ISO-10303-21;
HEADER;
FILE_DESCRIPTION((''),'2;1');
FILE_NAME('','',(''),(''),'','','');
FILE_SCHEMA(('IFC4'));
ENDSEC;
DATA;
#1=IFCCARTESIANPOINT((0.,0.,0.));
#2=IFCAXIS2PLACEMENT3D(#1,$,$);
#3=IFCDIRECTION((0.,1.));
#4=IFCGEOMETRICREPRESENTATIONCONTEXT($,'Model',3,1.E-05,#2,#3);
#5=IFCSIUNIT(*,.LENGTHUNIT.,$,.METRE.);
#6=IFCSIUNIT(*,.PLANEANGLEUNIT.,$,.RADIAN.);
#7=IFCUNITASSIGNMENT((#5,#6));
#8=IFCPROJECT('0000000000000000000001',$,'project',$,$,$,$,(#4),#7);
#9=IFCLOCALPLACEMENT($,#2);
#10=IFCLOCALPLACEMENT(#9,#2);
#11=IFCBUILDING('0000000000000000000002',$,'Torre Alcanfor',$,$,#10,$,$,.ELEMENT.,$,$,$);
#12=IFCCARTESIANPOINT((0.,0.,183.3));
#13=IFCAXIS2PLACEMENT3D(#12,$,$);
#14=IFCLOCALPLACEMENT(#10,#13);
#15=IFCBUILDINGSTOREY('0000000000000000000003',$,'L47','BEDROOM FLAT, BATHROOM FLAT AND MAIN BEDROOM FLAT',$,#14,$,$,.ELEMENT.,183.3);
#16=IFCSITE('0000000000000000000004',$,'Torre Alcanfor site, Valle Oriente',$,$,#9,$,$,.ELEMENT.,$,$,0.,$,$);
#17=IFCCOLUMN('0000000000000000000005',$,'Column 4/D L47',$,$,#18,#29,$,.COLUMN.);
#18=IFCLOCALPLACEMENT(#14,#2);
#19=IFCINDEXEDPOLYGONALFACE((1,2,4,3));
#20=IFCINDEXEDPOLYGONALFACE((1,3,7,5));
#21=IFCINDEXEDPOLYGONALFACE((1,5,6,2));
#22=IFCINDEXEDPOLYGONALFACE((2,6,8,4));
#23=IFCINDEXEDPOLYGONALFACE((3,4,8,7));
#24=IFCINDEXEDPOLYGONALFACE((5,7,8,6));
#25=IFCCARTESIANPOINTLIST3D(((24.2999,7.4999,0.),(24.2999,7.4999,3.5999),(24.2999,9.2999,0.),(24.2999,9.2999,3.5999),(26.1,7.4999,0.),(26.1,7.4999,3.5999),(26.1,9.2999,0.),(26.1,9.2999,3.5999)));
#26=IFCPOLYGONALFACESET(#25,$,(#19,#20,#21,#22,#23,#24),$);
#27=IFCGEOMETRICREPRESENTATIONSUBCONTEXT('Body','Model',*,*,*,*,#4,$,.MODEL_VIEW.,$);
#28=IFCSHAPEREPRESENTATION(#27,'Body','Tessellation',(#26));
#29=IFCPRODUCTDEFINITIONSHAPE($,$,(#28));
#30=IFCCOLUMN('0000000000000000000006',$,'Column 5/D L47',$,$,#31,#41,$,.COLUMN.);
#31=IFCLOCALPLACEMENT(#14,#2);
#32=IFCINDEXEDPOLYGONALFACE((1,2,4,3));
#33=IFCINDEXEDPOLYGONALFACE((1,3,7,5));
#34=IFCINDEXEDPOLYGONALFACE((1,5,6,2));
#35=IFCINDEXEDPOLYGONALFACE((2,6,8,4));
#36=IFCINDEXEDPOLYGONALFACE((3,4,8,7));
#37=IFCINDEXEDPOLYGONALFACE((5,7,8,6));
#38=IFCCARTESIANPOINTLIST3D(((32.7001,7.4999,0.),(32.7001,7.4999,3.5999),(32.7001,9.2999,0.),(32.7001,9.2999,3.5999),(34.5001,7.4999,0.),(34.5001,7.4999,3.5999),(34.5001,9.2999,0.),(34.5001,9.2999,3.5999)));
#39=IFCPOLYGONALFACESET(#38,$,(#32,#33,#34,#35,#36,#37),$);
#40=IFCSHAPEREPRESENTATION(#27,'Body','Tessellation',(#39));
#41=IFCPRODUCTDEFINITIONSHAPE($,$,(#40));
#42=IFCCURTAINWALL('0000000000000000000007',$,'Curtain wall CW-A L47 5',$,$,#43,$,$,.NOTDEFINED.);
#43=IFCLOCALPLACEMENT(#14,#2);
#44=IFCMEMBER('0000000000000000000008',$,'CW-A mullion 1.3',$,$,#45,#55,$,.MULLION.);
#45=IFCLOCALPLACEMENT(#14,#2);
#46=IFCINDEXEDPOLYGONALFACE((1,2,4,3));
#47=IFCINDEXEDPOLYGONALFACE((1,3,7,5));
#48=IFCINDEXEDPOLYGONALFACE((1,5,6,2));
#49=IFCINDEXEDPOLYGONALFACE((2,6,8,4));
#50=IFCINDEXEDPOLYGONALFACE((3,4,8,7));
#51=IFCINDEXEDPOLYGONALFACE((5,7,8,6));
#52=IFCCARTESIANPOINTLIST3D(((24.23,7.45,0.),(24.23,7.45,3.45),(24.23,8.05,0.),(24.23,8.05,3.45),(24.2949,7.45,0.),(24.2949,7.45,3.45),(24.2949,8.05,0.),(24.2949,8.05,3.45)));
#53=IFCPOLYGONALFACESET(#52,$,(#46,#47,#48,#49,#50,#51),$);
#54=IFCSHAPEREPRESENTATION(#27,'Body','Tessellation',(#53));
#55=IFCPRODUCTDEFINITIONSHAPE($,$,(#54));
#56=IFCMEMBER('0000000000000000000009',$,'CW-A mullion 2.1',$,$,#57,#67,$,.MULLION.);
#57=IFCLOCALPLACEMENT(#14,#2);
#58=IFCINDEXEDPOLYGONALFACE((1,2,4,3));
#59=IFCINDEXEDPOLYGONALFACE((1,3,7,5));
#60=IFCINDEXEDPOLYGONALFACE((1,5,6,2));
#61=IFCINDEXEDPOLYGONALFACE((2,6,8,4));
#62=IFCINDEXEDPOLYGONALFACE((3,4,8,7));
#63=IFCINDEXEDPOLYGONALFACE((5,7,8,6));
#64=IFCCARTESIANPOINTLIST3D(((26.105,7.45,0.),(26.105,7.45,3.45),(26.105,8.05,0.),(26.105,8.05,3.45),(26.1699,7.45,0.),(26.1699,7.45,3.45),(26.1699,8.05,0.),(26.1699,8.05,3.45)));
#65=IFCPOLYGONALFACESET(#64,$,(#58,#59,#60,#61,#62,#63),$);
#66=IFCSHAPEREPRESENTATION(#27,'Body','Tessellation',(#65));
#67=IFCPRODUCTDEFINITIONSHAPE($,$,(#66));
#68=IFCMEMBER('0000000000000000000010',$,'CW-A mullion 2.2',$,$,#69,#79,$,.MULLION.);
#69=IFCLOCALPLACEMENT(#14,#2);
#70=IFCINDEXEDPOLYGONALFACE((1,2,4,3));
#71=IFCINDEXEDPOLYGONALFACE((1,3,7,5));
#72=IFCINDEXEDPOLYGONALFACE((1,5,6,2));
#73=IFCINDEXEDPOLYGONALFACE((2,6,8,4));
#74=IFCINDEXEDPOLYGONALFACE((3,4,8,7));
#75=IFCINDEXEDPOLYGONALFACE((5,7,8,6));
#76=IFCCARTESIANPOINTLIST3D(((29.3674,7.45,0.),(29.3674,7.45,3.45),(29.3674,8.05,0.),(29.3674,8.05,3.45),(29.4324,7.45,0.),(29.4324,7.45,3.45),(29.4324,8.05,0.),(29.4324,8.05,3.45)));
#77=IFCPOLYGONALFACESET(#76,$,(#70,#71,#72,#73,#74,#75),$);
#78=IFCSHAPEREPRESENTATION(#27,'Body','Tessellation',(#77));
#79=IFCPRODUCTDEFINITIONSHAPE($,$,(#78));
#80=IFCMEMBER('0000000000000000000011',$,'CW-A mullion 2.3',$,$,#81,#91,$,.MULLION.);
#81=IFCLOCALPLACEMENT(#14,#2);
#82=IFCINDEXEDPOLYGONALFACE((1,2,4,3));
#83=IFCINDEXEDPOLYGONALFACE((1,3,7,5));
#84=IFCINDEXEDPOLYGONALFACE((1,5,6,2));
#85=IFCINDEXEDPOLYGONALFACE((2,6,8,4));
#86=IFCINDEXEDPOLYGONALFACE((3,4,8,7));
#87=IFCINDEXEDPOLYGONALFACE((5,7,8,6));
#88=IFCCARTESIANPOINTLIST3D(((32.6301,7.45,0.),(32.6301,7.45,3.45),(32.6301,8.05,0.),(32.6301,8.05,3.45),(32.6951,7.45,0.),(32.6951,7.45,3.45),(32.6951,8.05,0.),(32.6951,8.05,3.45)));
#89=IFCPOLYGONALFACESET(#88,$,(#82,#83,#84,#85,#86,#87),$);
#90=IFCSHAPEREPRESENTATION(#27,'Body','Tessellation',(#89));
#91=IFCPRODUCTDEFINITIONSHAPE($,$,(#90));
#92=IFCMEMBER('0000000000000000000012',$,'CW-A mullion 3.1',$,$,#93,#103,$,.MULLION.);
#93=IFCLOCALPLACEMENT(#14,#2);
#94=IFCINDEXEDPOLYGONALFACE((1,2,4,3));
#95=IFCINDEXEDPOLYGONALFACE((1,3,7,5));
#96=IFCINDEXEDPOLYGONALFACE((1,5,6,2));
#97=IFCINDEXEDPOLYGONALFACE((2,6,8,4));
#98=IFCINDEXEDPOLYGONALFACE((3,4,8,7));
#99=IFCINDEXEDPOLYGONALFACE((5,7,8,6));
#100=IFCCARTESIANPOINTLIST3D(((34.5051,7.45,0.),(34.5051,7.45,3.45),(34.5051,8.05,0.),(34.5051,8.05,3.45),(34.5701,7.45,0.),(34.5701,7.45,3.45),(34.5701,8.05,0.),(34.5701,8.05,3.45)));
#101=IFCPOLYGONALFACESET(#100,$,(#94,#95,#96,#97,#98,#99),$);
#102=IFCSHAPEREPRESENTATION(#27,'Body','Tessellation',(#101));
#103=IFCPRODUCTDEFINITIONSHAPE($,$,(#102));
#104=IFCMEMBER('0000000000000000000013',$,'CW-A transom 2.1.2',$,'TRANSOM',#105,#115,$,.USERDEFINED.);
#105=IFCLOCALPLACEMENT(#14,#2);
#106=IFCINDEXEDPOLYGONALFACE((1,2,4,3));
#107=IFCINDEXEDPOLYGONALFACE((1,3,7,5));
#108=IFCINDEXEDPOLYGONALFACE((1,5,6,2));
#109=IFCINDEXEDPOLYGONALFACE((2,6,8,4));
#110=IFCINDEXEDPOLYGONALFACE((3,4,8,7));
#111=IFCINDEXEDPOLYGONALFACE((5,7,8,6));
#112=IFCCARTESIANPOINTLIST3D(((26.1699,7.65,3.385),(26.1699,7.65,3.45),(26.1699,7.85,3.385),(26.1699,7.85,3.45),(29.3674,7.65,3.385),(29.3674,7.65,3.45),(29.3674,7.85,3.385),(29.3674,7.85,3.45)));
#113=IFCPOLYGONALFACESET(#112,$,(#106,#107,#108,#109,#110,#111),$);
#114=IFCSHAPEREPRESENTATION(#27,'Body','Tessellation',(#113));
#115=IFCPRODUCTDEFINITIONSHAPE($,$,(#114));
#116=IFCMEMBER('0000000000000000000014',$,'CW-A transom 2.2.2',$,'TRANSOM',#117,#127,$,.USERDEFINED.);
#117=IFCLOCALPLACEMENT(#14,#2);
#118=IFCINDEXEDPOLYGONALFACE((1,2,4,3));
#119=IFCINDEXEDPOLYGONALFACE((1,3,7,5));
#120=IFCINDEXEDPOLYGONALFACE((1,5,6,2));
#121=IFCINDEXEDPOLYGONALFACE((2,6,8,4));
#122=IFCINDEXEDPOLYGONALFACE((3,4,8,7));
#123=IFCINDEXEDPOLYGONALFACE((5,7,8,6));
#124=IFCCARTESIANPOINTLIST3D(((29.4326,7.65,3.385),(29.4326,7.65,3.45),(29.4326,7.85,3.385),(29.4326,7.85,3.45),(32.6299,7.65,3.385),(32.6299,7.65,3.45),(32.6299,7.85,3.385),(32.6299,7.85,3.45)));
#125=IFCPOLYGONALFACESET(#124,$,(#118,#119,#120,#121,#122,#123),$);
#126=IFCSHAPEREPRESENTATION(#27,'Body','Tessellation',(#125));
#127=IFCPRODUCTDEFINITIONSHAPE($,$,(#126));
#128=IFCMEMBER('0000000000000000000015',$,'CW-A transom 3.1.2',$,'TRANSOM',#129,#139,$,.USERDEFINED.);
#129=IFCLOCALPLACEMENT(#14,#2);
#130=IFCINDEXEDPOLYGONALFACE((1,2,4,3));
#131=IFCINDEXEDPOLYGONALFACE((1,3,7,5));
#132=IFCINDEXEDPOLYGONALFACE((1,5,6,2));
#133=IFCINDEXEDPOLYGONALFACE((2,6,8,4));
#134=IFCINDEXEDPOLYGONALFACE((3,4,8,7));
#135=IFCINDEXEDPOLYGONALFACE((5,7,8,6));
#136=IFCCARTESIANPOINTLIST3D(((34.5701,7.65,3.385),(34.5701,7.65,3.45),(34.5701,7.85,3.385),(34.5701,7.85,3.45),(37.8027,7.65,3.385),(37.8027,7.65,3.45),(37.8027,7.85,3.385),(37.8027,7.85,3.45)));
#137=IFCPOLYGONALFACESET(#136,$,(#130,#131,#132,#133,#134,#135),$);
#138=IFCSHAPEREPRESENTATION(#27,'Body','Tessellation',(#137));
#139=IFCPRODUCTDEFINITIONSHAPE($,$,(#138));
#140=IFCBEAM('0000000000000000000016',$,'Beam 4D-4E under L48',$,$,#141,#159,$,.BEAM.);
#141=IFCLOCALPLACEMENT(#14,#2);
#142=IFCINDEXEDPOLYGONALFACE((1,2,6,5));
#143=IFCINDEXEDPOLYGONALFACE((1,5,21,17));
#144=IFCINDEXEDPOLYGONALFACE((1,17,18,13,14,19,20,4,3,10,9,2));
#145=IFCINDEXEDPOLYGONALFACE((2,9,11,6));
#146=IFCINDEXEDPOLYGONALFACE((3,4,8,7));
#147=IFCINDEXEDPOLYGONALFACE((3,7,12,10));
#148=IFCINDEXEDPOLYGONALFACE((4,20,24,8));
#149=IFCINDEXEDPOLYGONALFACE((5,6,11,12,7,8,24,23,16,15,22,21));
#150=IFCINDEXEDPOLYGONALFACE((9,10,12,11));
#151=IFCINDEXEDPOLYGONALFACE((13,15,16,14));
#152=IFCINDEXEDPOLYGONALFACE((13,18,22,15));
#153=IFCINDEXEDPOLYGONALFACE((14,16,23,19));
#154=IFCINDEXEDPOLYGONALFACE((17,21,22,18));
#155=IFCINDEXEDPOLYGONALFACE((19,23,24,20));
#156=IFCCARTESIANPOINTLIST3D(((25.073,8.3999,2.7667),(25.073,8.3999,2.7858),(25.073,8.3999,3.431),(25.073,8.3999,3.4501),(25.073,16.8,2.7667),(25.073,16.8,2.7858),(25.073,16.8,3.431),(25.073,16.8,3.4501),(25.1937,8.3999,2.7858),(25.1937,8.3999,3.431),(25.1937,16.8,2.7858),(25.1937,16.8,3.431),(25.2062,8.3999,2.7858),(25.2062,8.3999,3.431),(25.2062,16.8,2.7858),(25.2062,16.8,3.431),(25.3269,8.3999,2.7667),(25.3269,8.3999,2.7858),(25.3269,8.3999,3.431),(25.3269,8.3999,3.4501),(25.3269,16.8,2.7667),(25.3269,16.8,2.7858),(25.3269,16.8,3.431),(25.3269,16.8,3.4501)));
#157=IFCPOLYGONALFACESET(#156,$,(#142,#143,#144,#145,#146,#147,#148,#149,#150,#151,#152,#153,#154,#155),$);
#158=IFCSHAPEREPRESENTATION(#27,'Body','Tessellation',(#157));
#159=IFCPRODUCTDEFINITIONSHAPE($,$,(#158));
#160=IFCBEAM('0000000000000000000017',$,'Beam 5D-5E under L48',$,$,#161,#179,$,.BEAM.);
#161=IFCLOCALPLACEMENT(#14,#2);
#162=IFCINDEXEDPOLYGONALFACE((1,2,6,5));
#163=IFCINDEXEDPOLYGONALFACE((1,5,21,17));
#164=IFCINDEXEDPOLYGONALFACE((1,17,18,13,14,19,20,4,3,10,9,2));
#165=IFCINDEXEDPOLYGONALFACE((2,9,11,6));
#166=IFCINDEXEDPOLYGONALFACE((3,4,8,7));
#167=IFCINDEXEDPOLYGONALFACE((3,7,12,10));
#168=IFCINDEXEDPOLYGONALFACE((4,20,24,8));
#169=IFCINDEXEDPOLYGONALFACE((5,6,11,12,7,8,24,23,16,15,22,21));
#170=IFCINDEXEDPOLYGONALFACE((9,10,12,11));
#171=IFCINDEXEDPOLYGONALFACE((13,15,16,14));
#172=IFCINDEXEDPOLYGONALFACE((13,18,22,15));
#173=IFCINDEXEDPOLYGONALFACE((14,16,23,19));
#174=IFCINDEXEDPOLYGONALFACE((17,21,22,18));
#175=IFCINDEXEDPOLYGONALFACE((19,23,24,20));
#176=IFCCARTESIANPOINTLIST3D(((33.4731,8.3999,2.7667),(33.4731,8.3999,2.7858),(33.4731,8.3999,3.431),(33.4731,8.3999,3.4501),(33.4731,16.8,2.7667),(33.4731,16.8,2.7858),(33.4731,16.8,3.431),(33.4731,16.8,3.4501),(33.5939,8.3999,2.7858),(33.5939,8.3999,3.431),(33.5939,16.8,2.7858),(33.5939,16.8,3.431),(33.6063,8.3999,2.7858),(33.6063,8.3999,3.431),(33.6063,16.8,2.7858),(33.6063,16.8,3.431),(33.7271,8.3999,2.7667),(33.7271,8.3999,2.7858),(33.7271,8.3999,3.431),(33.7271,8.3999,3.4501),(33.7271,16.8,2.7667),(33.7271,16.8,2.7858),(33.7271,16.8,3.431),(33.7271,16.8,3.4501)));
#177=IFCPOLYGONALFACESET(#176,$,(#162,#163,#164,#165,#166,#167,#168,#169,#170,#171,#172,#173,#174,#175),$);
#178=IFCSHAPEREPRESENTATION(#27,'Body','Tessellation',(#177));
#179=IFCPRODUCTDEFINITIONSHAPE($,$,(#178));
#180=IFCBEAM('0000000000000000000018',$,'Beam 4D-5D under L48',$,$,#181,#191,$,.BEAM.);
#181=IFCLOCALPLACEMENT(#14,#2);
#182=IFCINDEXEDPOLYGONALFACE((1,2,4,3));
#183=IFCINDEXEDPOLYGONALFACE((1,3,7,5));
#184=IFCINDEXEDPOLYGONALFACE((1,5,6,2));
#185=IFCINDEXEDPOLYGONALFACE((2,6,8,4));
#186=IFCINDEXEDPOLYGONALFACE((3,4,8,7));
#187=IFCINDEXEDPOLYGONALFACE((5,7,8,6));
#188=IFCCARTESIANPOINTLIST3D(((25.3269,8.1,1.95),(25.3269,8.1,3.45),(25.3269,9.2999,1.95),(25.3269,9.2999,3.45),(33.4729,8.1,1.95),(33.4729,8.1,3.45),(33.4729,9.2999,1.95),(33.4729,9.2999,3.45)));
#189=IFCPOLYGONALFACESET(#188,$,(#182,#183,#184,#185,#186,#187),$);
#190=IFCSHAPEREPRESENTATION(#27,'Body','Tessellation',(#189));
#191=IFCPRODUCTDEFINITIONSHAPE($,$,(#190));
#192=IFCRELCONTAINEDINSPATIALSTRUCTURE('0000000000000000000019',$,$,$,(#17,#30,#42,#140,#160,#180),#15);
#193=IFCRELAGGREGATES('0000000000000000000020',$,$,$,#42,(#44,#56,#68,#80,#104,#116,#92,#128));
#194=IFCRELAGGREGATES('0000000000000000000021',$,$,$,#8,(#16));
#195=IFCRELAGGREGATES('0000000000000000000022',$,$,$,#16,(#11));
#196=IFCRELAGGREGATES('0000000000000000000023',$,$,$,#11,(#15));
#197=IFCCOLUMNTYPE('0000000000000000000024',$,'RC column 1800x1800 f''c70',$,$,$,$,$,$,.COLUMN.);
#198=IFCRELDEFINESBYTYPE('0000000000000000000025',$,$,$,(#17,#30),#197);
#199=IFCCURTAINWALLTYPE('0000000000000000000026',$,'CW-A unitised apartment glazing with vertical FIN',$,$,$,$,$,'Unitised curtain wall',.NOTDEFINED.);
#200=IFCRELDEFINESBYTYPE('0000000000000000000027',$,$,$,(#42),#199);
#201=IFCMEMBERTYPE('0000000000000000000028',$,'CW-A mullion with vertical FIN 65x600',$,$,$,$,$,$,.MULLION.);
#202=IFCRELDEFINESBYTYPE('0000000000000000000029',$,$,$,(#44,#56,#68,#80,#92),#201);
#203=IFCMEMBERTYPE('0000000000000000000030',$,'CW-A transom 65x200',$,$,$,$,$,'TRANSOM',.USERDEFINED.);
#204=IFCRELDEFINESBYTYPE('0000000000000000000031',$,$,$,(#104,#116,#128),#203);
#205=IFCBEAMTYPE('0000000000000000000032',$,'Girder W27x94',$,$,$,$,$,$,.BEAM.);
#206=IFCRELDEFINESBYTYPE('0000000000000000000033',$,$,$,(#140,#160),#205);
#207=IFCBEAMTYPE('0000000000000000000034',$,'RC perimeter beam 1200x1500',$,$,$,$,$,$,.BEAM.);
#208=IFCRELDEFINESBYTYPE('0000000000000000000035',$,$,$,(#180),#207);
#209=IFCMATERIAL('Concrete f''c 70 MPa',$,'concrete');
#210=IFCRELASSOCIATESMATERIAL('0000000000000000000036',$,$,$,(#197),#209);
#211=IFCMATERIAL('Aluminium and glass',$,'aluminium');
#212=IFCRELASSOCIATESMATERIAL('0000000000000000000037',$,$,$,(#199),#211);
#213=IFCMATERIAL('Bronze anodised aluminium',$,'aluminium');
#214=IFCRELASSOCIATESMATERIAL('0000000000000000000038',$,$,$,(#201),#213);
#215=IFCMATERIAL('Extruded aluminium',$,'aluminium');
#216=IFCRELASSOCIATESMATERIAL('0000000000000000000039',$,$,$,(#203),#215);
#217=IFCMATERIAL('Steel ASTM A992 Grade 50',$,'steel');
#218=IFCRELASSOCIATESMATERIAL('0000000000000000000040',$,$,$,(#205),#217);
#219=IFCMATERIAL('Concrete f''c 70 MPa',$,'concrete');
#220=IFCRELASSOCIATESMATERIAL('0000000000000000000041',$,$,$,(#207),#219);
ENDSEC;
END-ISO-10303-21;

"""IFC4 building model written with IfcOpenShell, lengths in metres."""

from ifc_helpers import new_model, si_unit, direction, frame, origin, origin_2d, place, context, subcontext, project, spatial, rectangle, i_section, extrude, material, material_profile, profile_set, type_object, element, aggregate, save


model = new_model("IFC4")

# Units and contexts
model_context = context("Model", 3, precision=1e-05, world=origin(), true_north=direction((0.0, 1.0)))
body_context = subcontext(model_context, "Body", "Model", "MODEL_VIEW")
ifc_project = project(units=[si_unit("LENGTHUNIT", "METRE"), si_unit("PLANEANGLEUNIT", "RADIAN")], contexts=[model_context])

# Site, building, storey
site_placement = place(None, origin())
site = spatial("IfcSite", under=ifc_project, at=site_placement, Name="Torre Alcanfor site, Valle Oriente", CompositionType="ELEMENT", RefElevation=0.0)
building_placement = place(site_placement, origin())
building = spatial("IfcBuilding", under=site, at=building_placement, Name="Torre Alcanfor", CompositionType="ELEMENT")
storey_placement = place(building_placement, frame((0.0, 0.0, 183.3)))
storey = spatial("IfcBuildingStorey", under=building, at=storey_placement, Name="L47", Description="BEDROOM FLAT, BATHROOM FLAT AND MAIN BEDROOM FLAT", CompositionType="ELEMENT", Elevation=183.3)

# Columns
ifc_material_1 = material(Name="Concrete f'c 70 MPa", Category="concrete")
ifc_material_profile_1 = material_profile(ifc_material_1, rectangle(XDim=1.8, YDim=1.8, at=origin_2d()), Name="1800x1800")
ifc_profile_set_1 = profile_set([ifc_material_profile_1], Name="Concrete f'c 70 MPa")
column_type = type_object("IfcColumnType", Name="RC column 1800x1800 f'c70", PredefinedType="COLUMN", material=ifc_profile_set_1)
for number, where, z_axis, x_axis, name in (
    (1, (25.2, 8.3999, 0.0), (0.0, 0.0, 1.0), (1.0, 0.0, 0.0), "Column 4/D L47"),
    (2, (33.6001, 8.3999, 0.0), (0.0, 0.0, 1.0), (1.0, 0.0, 0.0), "Column 5/D L47"),
):
    element("IfcColumn", number, at=place(storey_placement, frame(where, z_axis=z_axis, x_axis=x_axis)), inside=storey, type_object=column_type, Name=name, PredefinedType="COLUMN", context=body_context, shape_type="SweptSolid", body=[
        extrude(rectangle(XDim=1.8, YDim=1.8, at=origin_2d()), origin(), (0.0, 0.0, 1.0), 3.5999),
    ])

# Curtain wall, members
ifc_material_2 = material(Name="Aluminium and glass", Category="aluminium")
curtain_wall_type = type_object("IfcCurtainWallType", Name="CW-A unitised apartment glazing with vertical FIN", ElementType="Unitised curtain wall", PredefinedType="NOTDEFINED", material=ifc_material_2)
curtain_wall_placement = place(storey_placement, origin())
curtain_wall = element("IfcCurtainWall", 3, at=curtain_wall_placement, inside=storey, type_object=curtain_wall_type, Name="Curtain wall CW-A L47 5", PredefinedType="NOTDEFINED")
ifc_material_3 = material(Name="Bronze anodised aluminium", Category="aluminium")
ifc_material_profile_2 = material_profile(ifc_material_3, rectangle(XDim=0.6001, YDim=0.0649, at=origin_2d()), Name="CW-A mullion 65x600")
ifc_profile_set_2 = profile_set([ifc_material_profile_2], Name="Bronze anodised aluminium")
member_type_1 = type_object("IfcMemberType", Name="CW-A mullion with vertical FIN 65x600", PredefinedType="MULLION", material=ifc_profile_set_2)
member_1_placement = place(storey_placement, frame((24.2625, 7.75, 0.0), z_axis=(0.0, 0.0, 1.0), x_axis=(0.0, 1.0, 0.0)))
member_1 = element("IfcMember", 4, at=member_1_placement, type_object=member_type_1, Name="CW-A mullion 1.3", PredefinedType="MULLION", context=body_context, shape_type="SweptSolid", body=[
    extrude(rectangle(XDim=0.6001, YDim=0.0649, at=origin_2d()), origin(), (0.0, 0.0, 1.0), 3.45),
])
member_2_placement = place(storey_placement, frame((26.1375, 7.75, 0.0), z_axis=(0.0, 0.0, 1.0), x_axis=(0.0, 1.0, 0.0)))
member_2 = element("IfcMember", 5, at=member_2_placement, type_object=member_type_1, Name="CW-A mullion 2.1", PredefinedType="MULLION", context=body_context, shape_type="SweptSolid", body=[
    extrude(rectangle(XDim=0.6001, YDim=0.0649, at=origin_2d()), origin(), (0.0, 0.0, 1.0), 3.45),
])
member_3_placement = place(storey_placement, frame((29.3999, 7.75, 0.0), z_axis=(0.0, 0.0, 1.0), x_axis=(0.0, 1.0, 0.0)))
member_3 = element("IfcMember", 6, at=member_3_placement, type_object=member_type_1, Name="CW-A mullion 2.2", PredefinedType="MULLION", context=body_context, shape_type="SweptSolid", body=[
    extrude(rectangle(XDim=0.6001, YDim=0.0649, at=origin_2d()), origin(), (0.0, 0.0, 1.0), 3.45),
])
member_4_placement = place(storey_placement, frame((32.6626, 7.75, 0.0), z_axis=(0.0, 0.0, 1.0), x_axis=(0.0, 1.0, 0.0)))
member_4 = element("IfcMember", 7, at=member_4_placement, type_object=member_type_1, Name="CW-A mullion 2.3", PredefinedType="MULLION", context=body_context, shape_type="SweptSolid", body=[
    extrude(rectangle(XDim=0.6001, YDim=0.0649, at=origin_2d()), origin(), (0.0, 0.0, 1.0), 3.45),
])
member_5_placement = place(storey_placement, frame((34.5376, 7.75, 0.0), z_axis=(0.0, 0.0, 1.0), x_axis=(0.0, 1.0, 0.0)))
member_5 = element("IfcMember", 8, at=member_5_placement, type_object=member_type_1, Name="CW-A mullion 3.1", PredefinedType="MULLION", context=body_context, shape_type="SweptSolid", body=[
    extrude(rectangle(XDim=0.6001, YDim=0.0649, at=origin_2d()), origin(), (0.0, 0.0, 1.0), 3.45),
])
ifc_material_4 = material(Name="Extruded aluminium", Category="aluminium")
ifc_material_profile_3 = material_profile(ifc_material_4, rectangle(XDim=0.2, YDim=0.0649, at=origin_2d()), Name="CW-A transom 200x65")
ifc_profile_set_3 = profile_set([ifc_material_profile_3], Name="Extruded aluminium")
member_type_2 = type_object("IfcMemberType", Name="CW-A transom 65x200", ElementType="TRANSOM", PredefinedType="USERDEFINED", material=ifc_profile_set_3)
member_6_placement = place(storey_placement, frame((26.1699, 7.75, 3.4175), z_axis=(1.0, 0.0, 0.0), x_axis=(0.0, 1.0, 0.0)))
member_6 = element("IfcMember", 9, at=member_6_placement, type_object=member_type_2, Name="CW-A transom 2.1.2", ObjectType="TRANSOM", PredefinedType="USERDEFINED", context=body_context, shape_type="SweptSolid", body=[
    extrude(rectangle(XDim=0.2, YDim=0.0649, at=origin_2d()), origin(), (0.0, 0.0, 1.0), 3.1975),
])
member_7_placement = place(storey_placement, frame((29.4326, 7.75, 3.4175), z_axis=(1.0, 0.0, 0.0), x_axis=(0.0, 1.0, 0.0)))
member_7 = element("IfcMember", 10, at=member_7_placement, type_object=member_type_2, Name="CW-A transom 2.2.2", ObjectType="TRANSOM", PredefinedType="USERDEFINED", context=body_context, shape_type="SweptSolid", body=[
    extrude(rectangle(XDim=0.2, YDim=0.0649, at=origin_2d()), origin(), (0.0, 0.0, 1.0), 3.1973),
])
member_8_placement = place(storey_placement, frame((34.5701, 7.75, 3.4175), z_axis=(1.0, 0.0, 0.0), x_axis=(0.0, 1.0, 0.0)))
member_8 = element("IfcMember", 11, at=member_8_placement, type_object=member_type_2, Name="CW-A transom 3.1.2", ObjectType="TRANSOM", PredefinedType="USERDEFINED", context=body_context, shape_type="SweptSolid", body=[
    extrude(rectangle(XDim=0.2, YDim=0.0649, at=origin_2d()), origin(), (0.0, 0.0, 1.0), 3.2327),
])

# Beams
ifc_material_5 = material(Name="Steel ASTM A992 Grade 50", Category="steel")
ifc_material_profile_4 = material_profile(ifc_material_5, i_section(OverallWidth=0.2539, OverallDepth=0.6833, WebThickness=0.0125, FlangeThickness=0.019, at=origin_2d()), Name="W27x94")
ifc_profile_set_4 = profile_set([ifc_material_profile_4], Name="Steel ASTM A992 Grade 50")
beam_type_1 = type_object("IfcBeamType", Name="Girder W27x94", PredefinedType="BEAM", material=ifc_profile_set_4)
for number, where, z_axis, x_axis, name in (
    (12, (25.2, 8.3999, 3.1084), (0.0, 1.0, 0.0), (-1.0, 0.0, 0.0), "Beam 4D-4E under L48"),
    (13, (33.6001, 8.3999, 3.1084), (0.0, 1.0, 0.0), (-1.0, 0.0, 0.0), "Beam 5D-5E under L48"),
):
    element("IfcBeam", number, at=place(storey_placement, frame(where, z_axis=z_axis, x_axis=x_axis)), inside=storey, type_object=beam_type_1, Name=name, PredefinedType="BEAM", context=body_context, shape_type="SweptSolid", body=[
        extrude(i_section(OverallWidth=0.2539, OverallDepth=0.6833, WebThickness=0.0125, FlangeThickness=0.019, at=origin_2d()), origin(), (0.0, 0.0, 1.0), 8.4001),
    ])
ifc_material_6 = material(Name="Concrete f'c 70 MPa", Category="concrete")
ifc_material_profile_5 = material_profile(ifc_material_6, rectangle(XDim=1.2, YDim=1.5, at=origin_2d()), Name="1200x1500")
ifc_profile_set_5 = profile_set([ifc_material_profile_5], Name="Concrete f'c 70 MPa")
beam_type_2 = type_object("IfcBeamType", Name="RC perimeter beam 1200x1500", PredefinedType="BEAM", material=ifc_profile_set_5)
beam_1_placement = place(storey_placement, frame((25.3269, 8.7, 2.7), z_axis=(1.0, 0.0, 0.0), x_axis=(0.0, 1.0, 0.0)))
element("IfcBeam", 14, at=beam_1_placement, inside=storey, type_object=beam_type_2, Name="Beam 4D-5D under L48", PredefinedType="BEAM", context=body_context, shape_type="SweptSolid", body=[
    extrude(rectangle(XDim=1.2, YDim=1.5, at=origin_2d()), origin(), (0.0, 0.0, 1.0), 8.146),
])

aggregate(curtain_wall, [member_1, member_2, member_3, member_4, member_6, member_7, member_5, member_8])

save(model, "model.ifc")
